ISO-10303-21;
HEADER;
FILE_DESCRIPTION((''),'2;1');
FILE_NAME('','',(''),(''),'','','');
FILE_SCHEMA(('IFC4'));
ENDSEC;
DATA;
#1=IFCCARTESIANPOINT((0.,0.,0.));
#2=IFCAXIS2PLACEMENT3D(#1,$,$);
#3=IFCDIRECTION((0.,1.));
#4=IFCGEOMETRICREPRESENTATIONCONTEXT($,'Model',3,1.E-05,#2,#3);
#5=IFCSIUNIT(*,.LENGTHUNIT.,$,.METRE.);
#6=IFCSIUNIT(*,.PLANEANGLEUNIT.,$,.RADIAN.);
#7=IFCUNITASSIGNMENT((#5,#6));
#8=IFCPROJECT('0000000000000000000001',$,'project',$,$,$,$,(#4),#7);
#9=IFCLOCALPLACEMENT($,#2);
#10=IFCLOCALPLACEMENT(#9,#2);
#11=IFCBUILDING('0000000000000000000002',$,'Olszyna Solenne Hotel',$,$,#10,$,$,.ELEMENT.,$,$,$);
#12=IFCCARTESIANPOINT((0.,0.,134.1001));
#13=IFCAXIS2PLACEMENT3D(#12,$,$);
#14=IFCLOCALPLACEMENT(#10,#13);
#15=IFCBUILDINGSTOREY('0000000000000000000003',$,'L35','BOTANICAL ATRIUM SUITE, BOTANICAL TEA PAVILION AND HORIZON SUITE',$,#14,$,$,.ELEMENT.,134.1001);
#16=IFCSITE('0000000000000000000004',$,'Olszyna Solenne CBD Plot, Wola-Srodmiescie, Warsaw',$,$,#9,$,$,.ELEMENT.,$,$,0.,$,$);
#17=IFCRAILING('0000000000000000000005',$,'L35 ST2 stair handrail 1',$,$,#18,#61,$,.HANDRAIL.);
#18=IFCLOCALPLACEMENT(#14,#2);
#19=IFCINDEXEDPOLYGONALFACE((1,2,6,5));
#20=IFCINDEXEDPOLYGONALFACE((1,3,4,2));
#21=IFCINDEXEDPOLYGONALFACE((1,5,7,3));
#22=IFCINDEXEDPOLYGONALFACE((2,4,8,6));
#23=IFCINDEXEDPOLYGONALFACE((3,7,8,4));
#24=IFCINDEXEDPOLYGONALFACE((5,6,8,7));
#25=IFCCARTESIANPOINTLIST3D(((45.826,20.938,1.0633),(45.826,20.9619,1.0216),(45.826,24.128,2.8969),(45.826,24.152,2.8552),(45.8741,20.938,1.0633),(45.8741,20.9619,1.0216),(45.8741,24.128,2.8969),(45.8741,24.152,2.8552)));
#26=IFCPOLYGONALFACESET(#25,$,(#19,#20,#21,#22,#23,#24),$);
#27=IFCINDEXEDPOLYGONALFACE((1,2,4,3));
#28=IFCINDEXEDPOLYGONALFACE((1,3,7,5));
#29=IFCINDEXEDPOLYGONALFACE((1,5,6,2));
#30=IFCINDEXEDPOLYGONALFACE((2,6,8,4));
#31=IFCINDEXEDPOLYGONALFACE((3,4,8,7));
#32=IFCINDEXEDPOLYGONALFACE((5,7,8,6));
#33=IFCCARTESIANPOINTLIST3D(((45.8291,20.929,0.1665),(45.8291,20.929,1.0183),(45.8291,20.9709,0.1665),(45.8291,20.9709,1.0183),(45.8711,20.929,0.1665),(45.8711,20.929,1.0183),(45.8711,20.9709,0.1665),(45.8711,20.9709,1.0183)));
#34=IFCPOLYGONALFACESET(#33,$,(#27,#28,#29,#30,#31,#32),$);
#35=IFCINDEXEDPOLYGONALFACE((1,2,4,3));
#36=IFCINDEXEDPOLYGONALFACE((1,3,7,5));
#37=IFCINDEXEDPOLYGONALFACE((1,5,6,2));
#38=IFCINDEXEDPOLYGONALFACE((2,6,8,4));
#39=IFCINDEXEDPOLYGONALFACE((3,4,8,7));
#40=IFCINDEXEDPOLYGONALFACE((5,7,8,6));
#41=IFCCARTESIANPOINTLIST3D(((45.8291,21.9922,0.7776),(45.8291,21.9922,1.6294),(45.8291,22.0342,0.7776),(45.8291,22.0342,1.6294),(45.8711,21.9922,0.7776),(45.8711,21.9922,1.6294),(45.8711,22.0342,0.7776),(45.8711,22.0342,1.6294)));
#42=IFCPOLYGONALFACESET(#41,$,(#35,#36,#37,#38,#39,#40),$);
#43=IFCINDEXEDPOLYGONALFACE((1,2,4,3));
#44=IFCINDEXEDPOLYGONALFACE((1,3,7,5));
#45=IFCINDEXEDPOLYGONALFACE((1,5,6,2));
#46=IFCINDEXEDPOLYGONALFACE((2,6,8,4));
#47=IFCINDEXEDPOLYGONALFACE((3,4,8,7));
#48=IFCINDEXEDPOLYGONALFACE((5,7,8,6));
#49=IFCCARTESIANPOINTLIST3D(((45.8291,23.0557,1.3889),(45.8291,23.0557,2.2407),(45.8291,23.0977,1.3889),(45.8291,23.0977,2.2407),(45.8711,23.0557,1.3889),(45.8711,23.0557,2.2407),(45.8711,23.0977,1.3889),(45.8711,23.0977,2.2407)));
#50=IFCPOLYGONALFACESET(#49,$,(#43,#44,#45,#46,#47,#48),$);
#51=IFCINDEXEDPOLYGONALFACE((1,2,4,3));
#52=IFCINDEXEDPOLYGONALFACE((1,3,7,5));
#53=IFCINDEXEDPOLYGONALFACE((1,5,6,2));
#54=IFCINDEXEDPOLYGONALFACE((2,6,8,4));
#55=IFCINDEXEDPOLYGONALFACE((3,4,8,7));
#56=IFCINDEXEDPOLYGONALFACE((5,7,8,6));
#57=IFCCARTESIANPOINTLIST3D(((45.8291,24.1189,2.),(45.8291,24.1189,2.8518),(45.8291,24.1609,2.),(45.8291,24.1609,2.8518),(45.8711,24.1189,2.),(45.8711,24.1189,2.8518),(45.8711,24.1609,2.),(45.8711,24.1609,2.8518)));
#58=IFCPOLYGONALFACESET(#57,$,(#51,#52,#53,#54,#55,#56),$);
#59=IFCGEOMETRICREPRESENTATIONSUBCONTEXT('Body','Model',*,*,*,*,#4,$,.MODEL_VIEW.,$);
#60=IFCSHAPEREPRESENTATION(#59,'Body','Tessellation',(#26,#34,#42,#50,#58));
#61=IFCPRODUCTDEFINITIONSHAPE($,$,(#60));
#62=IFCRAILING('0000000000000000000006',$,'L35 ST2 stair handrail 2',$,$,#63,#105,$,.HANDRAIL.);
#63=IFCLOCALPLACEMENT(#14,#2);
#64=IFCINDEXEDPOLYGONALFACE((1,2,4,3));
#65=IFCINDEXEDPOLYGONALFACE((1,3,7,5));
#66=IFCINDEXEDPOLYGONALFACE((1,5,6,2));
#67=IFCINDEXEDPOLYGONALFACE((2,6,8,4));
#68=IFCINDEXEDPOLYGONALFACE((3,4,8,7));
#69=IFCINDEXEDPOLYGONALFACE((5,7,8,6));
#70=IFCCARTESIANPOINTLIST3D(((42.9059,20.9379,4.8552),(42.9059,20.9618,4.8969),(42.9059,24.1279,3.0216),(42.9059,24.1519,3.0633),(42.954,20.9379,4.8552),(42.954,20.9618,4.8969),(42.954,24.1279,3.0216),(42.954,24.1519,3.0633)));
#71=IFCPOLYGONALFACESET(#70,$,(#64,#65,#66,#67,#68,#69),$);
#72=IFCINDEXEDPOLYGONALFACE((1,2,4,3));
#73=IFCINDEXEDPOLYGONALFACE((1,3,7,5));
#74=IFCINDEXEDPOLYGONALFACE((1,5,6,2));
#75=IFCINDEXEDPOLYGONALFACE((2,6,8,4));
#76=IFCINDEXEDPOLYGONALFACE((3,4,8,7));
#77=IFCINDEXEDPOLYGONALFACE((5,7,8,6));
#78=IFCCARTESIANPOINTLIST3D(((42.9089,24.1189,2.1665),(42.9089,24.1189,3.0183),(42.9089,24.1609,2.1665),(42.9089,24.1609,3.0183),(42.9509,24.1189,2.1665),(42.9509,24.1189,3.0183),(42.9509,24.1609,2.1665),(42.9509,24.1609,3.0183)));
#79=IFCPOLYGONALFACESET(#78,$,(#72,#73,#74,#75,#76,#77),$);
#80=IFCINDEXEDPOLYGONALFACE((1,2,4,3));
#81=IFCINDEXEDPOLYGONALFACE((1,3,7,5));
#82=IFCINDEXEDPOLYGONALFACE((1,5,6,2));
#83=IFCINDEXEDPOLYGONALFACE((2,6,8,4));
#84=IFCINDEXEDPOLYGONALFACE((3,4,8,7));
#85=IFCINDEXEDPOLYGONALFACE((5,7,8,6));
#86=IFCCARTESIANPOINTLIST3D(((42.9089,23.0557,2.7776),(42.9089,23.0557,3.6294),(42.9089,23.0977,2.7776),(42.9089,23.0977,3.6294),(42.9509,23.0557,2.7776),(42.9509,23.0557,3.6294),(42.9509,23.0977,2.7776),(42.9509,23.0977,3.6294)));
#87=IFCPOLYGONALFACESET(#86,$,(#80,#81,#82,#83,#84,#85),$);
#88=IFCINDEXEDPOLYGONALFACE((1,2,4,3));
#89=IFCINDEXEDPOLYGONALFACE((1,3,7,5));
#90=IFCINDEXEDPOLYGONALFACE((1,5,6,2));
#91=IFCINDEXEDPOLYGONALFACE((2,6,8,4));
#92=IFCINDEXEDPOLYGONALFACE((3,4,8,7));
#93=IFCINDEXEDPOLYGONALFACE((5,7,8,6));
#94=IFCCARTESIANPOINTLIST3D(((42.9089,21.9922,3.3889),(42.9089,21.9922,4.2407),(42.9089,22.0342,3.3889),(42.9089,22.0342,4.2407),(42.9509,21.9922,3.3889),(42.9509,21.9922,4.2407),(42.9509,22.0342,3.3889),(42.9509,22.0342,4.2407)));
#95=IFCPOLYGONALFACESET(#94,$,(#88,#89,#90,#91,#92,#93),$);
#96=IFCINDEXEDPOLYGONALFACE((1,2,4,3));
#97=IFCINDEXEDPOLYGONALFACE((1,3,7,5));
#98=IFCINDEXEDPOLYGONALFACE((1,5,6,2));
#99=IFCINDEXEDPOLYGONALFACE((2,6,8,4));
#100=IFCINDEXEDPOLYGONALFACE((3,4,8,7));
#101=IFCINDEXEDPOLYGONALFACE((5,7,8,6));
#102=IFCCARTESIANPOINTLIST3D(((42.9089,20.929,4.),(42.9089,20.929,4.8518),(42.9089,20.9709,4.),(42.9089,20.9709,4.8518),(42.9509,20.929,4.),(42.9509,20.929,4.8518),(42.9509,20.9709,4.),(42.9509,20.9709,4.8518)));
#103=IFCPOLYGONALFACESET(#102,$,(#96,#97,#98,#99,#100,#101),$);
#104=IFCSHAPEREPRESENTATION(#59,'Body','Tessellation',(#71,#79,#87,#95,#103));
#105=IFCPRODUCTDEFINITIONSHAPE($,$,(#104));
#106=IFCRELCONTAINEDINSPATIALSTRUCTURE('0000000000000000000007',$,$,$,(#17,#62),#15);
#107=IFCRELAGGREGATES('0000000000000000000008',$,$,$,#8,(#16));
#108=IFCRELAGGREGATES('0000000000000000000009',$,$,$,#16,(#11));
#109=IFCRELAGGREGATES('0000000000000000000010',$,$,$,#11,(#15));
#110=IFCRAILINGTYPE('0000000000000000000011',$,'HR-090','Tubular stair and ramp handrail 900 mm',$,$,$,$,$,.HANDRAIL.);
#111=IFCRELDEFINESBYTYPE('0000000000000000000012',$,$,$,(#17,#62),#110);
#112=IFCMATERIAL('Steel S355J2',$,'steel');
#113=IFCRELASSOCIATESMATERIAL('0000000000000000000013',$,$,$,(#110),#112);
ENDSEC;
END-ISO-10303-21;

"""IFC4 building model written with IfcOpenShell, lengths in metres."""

from ifc_helpers import new_model, si_unit, direction, frame, origin, origin_2d, place, context, subcontext, project, spatial, rectangle, extrude, material, type_object, element, save


model = new_model("IFC4")

# Units and contexts
model_context = context("Model", 3, precision=1e-05, world=origin(), true_north=direction((0.0, 1.0)))
body_context = subcontext(model_context, "Body", "Model", "MODEL_VIEW")
ifc_project = project(units=[si_unit("LENGTHUNIT", "METRE"), si_unit("PLANEANGLEUNIT", "RADIAN")], contexts=[model_context])

# Site, building, storey
site_placement = place(None, origin())
site = spatial("IfcSite", under=ifc_project, at=site_placement, Name="Olszyna Solenne CBD Plot, Wola-Srodmiescie, Warsaw", CompositionType="ELEMENT", RefElevation=0.0)
building_placement = place(site_placement, origin())
building = spatial("IfcBuilding", under=site, at=building_placement, Name="Olszyna Solenne Hotel", CompositionType="ELEMENT")
storey_placement = place(building_placement, frame((0.0, 0.0, 134.1001)))
storey = spatial("IfcBuildingStorey", under=building, at=storey_placement, Name="L35", Description="BOTANICAL ATRIUM SUITE, BOTANICAL TEA PAVILION AND HORIZON SUITE", CompositionType="ELEMENT", Elevation=134.1001)

# Shared definitions
ifc_material_1 = material(Name="Steel S355J2", Category="steel")

# Railings
railing_type_1 = type_object("IfcRailingType", Name="HR-090", Description="Tubular stair and ramp handrail 900 mm", PredefinedType="HANDRAIL", material=ifc_material_1)
railing_1_placement = place(storey_placement, frame((45.8501, 20.95, 0.1665)))
element("IfcRailing", 1, at=railing_1_placement, inside=storey, type_object=railing_type_1, Name="L35 ST2 stair handrail 1", PredefinedType="HANDRAIL", context=body_context, shape_type="SweptSolid", body=[
    extrude(rectangle(XDim=0.0481, YDim=0.0481, at=origin_2d()), frame((0.0, 0.0, 0.876), z_axis=(0.0, 0.866991, 0.498324), x_axis=(-1.0, 0.0, 0.0)), (0.0, 0.0, 1.0), 3.6794),
    extrude(rectangle(XDim=0.042, YDim=0.042, at=origin_2d()), origin(), (0.0, 0.0, 1.0), 0.8518),
    extrude(rectangle(XDim=0.042, YDim=0.042, at=origin_2d()), frame((0.0, 1.0632, 0.6111)), (0.0, 0.0, 1.0), 0.8518),
    extrude(rectangle(XDim=0.042, YDim=0.042, at=origin_2d()), frame((0.0, 2.1267, 1.2224)), (0.0, 0.0, 1.0), 0.8518),
    extrude(rectangle(XDim=0.042, YDim=0.042, at=origin_2d()), frame((0.0, 3.1899, 1.8335)), (0.0, 0.0, 1.0), 0.8518),
])
railing_2_placement = place(storey_placement, frame((42.9299, 24.1399, 2.1665)))
element("IfcRailing", 2, at=railing_2_placement, inside=storey, type_object=railing_type_1, Name="L35 ST2 stair handrail 2", PredefinedType="HANDRAIL", context=body_context, shape_type="SweptSolid", body=[
    extrude(rectangle(XDim=0.0481, YDim=0.0481, at=origin_2d()), frame((0.0, 0.0, 0.876), z_axis=(0.0, -0.866991, 0.498324), x_axis=(1.0, 0.0, 0.0)), (0.0, 0.0, 1.0), 3.6794),
    extrude(rectangle(XDim=0.042, YDim=0.042, at=origin_2d()), origin(), (0.0, 0.0, 1.0), 0.8518),
    extrude(rectangle(XDim=0.042, YDim=0.042, at=origin_2d()), frame((0.0, -1.0632, 0.6111)), (0.0, 0.0, 1.0), 0.8518),
    extrude(rectangle(XDim=0.042, YDim=0.042, at=origin_2d()), frame((0.0, -2.1267, 1.2224)), (0.0, 0.0, 1.0), 0.8518),
    extrude(rectangle(XDim=0.042, YDim=0.042, at=origin_2d()), frame((0.0, -3.1899, 1.8335)), (0.0, 0.0, 1.0), 0.8518),
])

save(model, "model.ifc")
